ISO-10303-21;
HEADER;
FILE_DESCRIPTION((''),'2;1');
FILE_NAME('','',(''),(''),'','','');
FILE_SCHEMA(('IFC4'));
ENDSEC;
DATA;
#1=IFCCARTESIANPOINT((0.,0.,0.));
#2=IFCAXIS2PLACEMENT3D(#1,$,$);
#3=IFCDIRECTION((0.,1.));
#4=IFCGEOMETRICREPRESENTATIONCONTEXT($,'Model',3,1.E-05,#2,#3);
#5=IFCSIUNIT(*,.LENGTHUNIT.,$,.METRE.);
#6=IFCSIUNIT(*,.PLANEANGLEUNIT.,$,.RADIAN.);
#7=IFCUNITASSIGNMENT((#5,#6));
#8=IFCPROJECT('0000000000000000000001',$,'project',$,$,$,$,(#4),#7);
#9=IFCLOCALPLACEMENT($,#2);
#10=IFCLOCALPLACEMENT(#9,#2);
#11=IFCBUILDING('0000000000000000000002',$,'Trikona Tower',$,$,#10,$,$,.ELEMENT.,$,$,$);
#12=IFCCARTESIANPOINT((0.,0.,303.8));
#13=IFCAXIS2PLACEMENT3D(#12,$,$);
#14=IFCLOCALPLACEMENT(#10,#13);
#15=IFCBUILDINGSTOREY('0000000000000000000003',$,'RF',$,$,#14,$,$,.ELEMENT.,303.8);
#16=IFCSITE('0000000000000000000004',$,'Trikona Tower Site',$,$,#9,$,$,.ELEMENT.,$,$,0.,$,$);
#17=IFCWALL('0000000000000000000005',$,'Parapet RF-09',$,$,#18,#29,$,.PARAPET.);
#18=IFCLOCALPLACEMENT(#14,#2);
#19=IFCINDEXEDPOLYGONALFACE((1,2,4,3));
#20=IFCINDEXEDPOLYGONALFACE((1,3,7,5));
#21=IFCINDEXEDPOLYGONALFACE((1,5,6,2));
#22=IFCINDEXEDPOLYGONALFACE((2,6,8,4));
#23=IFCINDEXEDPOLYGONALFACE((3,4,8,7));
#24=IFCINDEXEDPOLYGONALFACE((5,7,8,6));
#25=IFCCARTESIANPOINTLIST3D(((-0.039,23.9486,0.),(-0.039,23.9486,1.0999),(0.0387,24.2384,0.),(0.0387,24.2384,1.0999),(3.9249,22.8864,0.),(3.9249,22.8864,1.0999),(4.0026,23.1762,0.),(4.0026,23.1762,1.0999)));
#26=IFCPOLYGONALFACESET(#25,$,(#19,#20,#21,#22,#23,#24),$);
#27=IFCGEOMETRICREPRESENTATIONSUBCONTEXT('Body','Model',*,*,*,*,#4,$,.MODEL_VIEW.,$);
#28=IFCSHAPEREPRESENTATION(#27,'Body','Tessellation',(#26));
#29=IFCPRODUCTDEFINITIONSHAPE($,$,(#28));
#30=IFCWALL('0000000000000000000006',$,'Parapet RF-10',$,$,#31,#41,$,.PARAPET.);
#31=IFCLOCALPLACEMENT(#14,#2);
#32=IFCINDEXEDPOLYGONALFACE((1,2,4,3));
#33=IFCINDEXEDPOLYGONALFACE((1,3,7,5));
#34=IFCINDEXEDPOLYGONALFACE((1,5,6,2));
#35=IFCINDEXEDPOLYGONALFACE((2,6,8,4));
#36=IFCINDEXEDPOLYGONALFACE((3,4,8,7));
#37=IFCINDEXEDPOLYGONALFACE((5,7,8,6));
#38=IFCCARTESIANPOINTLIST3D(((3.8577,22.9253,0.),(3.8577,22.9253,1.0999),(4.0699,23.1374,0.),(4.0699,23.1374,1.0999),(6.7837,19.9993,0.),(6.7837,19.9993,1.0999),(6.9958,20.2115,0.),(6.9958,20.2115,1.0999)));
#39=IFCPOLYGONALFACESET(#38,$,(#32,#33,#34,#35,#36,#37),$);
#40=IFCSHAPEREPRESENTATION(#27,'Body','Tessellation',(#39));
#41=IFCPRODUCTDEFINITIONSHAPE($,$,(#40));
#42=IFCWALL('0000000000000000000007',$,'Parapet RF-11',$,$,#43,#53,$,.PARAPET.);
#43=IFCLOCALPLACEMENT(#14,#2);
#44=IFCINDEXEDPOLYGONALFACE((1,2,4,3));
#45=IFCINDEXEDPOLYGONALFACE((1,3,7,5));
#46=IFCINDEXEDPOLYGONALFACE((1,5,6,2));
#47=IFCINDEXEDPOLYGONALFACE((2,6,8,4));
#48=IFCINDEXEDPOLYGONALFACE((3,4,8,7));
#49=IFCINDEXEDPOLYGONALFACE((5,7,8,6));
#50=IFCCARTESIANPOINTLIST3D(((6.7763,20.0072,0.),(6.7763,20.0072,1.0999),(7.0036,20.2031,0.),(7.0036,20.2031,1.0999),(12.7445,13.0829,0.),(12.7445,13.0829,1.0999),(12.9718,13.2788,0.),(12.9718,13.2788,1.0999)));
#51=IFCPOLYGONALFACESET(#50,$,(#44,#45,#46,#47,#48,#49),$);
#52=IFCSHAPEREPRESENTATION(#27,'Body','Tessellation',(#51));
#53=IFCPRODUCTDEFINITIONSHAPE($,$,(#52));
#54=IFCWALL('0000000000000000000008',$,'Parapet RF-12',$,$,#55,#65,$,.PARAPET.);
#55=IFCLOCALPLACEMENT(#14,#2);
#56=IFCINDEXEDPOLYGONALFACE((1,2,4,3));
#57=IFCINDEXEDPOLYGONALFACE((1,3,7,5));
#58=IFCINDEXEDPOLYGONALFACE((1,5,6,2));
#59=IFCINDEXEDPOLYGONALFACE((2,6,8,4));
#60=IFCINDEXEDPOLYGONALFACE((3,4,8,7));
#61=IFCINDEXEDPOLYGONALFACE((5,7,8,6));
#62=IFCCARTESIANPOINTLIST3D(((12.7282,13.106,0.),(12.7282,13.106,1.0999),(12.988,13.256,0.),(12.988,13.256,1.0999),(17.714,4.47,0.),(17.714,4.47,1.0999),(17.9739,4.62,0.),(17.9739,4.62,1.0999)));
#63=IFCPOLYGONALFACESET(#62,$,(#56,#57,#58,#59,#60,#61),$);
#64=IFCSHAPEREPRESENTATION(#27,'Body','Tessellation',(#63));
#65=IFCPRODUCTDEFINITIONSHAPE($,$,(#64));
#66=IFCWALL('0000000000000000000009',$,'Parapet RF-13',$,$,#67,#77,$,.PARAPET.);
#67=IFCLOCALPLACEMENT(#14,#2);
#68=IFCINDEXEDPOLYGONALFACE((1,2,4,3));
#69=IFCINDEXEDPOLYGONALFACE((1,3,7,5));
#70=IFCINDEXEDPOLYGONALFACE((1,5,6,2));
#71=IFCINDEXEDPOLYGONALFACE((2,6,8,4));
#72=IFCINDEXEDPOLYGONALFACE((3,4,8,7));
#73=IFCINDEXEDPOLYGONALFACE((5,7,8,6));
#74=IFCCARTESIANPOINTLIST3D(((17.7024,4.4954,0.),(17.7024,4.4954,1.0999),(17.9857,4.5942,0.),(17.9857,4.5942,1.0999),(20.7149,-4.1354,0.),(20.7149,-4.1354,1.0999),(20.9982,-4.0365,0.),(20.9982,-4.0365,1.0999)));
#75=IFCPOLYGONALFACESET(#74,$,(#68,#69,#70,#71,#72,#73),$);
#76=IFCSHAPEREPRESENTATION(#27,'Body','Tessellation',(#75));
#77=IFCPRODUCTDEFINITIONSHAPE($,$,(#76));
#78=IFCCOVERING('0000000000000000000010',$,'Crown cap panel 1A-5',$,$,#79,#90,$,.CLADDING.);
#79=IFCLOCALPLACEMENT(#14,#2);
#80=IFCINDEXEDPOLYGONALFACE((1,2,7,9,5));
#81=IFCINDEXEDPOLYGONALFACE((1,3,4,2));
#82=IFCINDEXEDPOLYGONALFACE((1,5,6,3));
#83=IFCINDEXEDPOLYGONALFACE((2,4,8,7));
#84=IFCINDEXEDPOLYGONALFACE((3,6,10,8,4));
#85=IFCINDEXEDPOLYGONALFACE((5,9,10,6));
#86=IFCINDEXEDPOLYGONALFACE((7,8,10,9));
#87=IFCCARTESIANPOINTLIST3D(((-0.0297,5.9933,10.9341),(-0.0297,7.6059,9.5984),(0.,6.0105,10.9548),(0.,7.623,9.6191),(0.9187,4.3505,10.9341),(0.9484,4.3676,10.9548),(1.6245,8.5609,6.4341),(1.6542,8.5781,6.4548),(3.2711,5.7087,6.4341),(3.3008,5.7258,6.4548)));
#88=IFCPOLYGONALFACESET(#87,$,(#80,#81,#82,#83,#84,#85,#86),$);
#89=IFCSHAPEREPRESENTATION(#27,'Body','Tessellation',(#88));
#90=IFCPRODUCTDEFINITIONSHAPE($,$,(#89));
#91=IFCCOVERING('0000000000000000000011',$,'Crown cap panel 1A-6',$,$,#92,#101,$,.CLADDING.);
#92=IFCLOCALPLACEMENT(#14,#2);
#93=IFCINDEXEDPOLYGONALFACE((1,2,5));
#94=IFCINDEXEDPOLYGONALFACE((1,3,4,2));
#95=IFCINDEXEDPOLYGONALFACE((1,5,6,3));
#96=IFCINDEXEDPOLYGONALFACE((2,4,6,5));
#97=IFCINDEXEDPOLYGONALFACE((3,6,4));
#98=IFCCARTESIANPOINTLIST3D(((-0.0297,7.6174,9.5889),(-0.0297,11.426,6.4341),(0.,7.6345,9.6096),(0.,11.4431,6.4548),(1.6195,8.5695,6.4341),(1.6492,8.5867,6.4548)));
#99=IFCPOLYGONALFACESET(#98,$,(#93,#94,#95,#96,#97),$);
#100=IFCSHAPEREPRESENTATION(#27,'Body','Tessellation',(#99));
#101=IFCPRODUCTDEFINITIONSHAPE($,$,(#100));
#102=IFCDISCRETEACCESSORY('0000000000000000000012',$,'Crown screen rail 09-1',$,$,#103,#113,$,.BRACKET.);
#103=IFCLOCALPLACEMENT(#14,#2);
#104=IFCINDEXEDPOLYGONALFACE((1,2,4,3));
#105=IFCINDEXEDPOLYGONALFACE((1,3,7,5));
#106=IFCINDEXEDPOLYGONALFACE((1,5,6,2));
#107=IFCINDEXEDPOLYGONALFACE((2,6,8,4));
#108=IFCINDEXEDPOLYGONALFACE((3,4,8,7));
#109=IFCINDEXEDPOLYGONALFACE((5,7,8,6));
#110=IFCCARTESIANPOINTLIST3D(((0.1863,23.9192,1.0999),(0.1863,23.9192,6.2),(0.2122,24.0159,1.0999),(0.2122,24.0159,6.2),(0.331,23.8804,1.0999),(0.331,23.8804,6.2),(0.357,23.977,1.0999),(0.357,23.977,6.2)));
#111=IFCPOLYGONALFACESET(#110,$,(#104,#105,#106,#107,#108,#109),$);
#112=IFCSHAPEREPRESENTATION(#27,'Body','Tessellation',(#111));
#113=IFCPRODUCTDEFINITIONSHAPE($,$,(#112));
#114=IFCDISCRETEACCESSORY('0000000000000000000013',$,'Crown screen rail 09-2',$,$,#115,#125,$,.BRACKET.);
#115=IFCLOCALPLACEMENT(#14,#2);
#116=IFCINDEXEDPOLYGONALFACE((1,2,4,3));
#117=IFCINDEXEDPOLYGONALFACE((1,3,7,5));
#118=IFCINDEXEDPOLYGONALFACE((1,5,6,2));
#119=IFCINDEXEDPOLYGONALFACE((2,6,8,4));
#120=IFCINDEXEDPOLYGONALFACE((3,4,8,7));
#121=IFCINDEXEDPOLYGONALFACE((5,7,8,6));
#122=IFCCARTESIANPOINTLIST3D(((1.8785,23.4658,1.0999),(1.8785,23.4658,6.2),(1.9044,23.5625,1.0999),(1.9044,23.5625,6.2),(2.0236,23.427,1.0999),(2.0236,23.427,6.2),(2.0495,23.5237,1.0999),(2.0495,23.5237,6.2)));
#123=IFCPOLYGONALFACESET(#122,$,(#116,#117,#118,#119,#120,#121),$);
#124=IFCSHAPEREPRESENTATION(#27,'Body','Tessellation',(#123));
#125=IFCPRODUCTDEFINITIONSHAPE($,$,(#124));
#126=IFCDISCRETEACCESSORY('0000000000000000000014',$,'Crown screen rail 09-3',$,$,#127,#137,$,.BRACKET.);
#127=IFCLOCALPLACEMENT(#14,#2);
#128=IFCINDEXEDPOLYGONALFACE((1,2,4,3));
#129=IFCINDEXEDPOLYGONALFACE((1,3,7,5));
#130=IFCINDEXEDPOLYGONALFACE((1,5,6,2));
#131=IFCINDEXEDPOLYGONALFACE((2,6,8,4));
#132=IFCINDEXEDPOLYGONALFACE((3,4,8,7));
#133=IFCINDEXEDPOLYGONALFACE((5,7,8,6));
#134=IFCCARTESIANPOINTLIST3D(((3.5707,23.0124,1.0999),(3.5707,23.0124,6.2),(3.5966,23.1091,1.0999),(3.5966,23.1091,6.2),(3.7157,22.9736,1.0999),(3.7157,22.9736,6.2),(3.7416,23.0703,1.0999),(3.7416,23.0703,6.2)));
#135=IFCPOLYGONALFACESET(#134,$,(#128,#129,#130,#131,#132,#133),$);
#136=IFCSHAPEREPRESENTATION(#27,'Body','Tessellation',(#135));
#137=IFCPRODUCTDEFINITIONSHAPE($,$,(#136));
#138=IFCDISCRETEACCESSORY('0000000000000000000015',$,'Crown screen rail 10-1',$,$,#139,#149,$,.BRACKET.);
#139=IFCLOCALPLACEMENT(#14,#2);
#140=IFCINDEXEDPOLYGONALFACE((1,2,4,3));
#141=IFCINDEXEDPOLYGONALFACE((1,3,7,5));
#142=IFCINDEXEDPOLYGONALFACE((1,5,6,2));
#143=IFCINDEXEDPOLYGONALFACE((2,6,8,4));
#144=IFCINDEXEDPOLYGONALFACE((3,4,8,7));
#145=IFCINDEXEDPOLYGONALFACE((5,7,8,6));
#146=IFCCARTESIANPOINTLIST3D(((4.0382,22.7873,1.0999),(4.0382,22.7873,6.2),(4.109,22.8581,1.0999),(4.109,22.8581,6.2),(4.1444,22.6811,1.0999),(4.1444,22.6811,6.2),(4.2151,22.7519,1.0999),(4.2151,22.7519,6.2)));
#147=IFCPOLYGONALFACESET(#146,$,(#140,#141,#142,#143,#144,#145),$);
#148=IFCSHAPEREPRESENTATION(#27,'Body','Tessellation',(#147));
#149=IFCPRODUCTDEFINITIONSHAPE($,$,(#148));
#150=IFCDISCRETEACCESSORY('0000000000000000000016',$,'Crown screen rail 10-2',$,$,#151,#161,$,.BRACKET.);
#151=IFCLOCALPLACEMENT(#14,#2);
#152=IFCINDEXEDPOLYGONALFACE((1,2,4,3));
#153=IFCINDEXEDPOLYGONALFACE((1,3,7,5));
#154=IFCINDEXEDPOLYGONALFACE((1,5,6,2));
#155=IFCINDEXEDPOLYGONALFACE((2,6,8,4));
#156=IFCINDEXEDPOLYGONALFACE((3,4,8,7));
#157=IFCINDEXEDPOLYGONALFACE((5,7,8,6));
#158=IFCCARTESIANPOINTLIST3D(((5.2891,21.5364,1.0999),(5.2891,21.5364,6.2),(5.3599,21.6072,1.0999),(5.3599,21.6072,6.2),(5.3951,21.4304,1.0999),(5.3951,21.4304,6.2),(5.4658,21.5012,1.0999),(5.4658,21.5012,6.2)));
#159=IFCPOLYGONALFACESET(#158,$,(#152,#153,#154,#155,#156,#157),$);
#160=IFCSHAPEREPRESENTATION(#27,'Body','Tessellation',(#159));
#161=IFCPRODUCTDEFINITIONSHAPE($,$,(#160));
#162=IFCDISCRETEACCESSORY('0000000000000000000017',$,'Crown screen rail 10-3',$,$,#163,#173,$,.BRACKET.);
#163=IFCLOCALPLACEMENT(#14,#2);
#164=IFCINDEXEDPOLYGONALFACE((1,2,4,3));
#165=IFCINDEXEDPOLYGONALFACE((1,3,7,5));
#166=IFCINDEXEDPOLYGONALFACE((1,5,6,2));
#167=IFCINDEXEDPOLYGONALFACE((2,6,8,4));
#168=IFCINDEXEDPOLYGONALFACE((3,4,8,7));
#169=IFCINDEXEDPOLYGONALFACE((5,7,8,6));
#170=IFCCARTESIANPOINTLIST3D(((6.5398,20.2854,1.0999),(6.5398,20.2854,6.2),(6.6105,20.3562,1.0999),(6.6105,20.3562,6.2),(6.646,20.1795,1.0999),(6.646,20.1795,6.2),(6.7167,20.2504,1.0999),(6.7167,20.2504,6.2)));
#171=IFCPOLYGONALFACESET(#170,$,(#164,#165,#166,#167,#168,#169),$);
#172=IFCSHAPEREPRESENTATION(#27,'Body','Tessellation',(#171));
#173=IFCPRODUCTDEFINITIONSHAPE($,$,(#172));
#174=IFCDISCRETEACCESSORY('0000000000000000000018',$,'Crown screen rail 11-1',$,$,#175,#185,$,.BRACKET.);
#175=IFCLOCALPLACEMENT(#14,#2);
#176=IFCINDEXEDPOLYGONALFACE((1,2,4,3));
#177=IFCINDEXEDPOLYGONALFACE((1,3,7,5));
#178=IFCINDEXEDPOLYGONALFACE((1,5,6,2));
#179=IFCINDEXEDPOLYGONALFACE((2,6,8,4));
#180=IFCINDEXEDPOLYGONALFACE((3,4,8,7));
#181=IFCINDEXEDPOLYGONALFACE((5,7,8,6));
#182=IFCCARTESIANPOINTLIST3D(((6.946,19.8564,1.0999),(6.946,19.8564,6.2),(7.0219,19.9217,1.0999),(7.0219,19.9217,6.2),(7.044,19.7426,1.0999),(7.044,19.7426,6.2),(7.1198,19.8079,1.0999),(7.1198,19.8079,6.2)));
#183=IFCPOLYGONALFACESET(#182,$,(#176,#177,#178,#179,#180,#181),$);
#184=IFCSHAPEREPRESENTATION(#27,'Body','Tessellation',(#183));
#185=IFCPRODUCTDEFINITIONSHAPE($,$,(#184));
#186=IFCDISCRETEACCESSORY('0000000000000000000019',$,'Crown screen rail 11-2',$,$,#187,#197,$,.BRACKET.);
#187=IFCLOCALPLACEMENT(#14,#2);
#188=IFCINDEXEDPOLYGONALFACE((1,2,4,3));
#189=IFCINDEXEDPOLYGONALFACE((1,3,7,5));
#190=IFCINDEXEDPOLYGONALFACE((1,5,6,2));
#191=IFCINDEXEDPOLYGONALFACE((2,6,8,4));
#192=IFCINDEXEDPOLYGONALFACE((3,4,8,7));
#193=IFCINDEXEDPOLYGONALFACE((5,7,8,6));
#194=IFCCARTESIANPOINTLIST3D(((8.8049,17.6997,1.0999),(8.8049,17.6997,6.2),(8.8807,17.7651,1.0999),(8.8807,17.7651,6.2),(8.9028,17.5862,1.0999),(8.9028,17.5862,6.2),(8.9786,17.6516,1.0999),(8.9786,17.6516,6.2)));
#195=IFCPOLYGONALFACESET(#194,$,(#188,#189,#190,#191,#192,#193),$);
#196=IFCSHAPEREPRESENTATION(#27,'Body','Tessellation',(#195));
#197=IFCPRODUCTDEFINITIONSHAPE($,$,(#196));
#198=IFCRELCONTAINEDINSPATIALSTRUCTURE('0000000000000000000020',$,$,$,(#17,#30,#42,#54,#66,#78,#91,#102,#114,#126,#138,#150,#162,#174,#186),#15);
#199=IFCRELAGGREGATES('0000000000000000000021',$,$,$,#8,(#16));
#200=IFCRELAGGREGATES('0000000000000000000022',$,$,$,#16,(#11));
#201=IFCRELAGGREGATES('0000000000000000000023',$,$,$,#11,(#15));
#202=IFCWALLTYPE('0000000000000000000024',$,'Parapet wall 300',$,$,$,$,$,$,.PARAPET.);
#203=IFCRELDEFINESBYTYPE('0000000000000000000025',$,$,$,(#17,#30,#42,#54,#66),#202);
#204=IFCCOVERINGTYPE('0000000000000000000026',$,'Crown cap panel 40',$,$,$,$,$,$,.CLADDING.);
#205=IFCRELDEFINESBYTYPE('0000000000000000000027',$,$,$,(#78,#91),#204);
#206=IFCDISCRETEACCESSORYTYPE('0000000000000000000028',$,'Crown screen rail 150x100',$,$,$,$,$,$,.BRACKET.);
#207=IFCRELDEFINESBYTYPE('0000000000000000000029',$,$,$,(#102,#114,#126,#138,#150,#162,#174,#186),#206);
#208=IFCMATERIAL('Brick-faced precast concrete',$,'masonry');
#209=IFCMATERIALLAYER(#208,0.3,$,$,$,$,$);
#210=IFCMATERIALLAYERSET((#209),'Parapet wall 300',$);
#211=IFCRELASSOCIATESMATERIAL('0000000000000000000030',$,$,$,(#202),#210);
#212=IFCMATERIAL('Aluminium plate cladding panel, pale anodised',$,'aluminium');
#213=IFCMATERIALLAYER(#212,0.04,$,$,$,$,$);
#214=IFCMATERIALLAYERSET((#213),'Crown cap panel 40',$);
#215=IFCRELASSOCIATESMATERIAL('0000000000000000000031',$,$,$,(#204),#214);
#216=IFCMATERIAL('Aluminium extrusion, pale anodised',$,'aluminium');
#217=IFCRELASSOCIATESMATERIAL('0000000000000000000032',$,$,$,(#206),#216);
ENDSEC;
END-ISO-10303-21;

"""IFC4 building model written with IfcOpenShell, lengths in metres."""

from ifc_helpers import new_model, si_unit, direction, frame, frame_2d, origin, place, context, subcontext, project, spatial, polyline, rectangle, outline, extrude, material, layer, layer_set, type_object, element, save


model = new_model("IFC4")

# Units and contexts
model_context = context("Model", 3, precision=1e-05, world=origin(), true_north=direction((0.0, 1.0)))
body_context = subcontext(model_context, "Body", "Model", "MODEL_VIEW")
ifc_project = project(units=[si_unit("LENGTHUNIT", "METRE"), si_unit("PLANEANGLEUNIT", "RADIAN")], contexts=[model_context])

# Site, building, storey
site_placement = place(None, origin())
site = spatial("IfcSite", under=ifc_project, at=site_placement, Name="Trikona Tower Site", CompositionType="ELEMENT", RefElevation=0.0)
building_placement = place(site_placement, origin())
building = spatial("IfcBuilding", under=site, at=building_placement, Name="Trikona Tower", CompositionType="ELEMENT")
storey_placement = place(building_placement, frame((0.0, 0.0, 303.8)))
storey = spatial("IfcBuildingStorey", under=building, at=storey_placement, Name="RF", CompositionType="ELEMENT", Elevation=303.8)

# Walls
ifc_material_1 = material(Name="Brick-faced precast concrete", Category="masonry")
ifc_layer_1 = layer(ifc_material_1, 0.3)
ifc_layer_set_1 = layer_set([ifc_layer_1], Name="Parapet wall 300")
wall_type = type_object("IfcWallType", Name="Parapet wall 300", PredefinedType="PARAPET", material=ifc_layer_set_1)
wall_1_placement = place(storey_placement, frame((0.0, 24.0935, 0.0), z_axis=(0.0, 0.0, 1.0), x_axis=(0.965917, -0.258851, 0.0)))
element("IfcWall", 1, at=wall_1_placement, inside=storey, type_object=wall_type, Name="Parapet RF-09", PredefinedType="PARAPET", context=body_context, shape_type="SweptSolid", body=[
    extrude(rectangle(XDim=4.1038, YDim=0.3, at=frame_2d((2.0518, 0.0))), origin(), (0.0, 0.0, 1.0), 1.0999),
])
wall_2_placement = place(storey_placement, frame((3.9639, 23.0312, 0.0), z_axis=(0.0, 0.0, 1.0), x_axis=(0.707107, -0.707107, 0.0)))
element("IfcWall", 2, at=wall_2_placement, inside=storey, type_object=wall_type, Name="Parapet RF-10", PredefinedType="PARAPET", context=body_context, shape_type="SweptSolid", body=[
    extrude(rectangle(XDim=4.1379, YDim=0.3, at=frame_2d((2.0688, 0.0))), origin(), (0.0, 0.0, 1.0), 1.0999),
])
wall_3_placement = place(storey_placement, frame((6.8899, 20.1052, 0.0), z_axis=(0.0, 0.0, 1.0), x_axis=(0.652878, -0.757463, 0.0)))
element("IfcWall", 3, at=wall_3_placement, inside=storey, type_object=wall_type, Name="Parapet RF-11", PredefinedType="PARAPET", context=body_context, shape_type="SweptSolid", body=[
    extrude(rectangle(XDim=9.1414, YDim=0.3, at=frame_2d((4.5708, 0.0))), origin(), (0.0, 0.0, 1.0), 1.0999),
])
wall_4_placement = place(storey_placement, frame((12.8582, 13.1809, 0.0), z_axis=(0.0, 0.0, 1.0), x_axis=(0.499989, -0.866032, 0.0)))
element("IfcWall", 4, at=wall_4_placement, inside=storey, type_object=wall_type, Name="Parapet RF-12", PredefinedType="PARAPET", context=body_context, shape_type="SweptSolid", body=[
    extrude(rectangle(XDim=9.9719, YDim=0.3, at=frame_2d((4.9858, 0.0))), origin(), (0.0, 0.0, 1.0), 1.0999),
])
wall_5_placement = place(storey_placement, frame((17.844, 4.5449, 0.0), z_axis=(0.0, 0.0, 1.0), x_axis=(0.329545, -0.94414, 0.0)))
element("IfcWall", 5, at=wall_5_placement, inside=storey, type_object=wall_type, Name="Parapet RF-13", PredefinedType="PARAPET", context=body_context, shape_type="SweptSolid", body=[
    extrude(rectangle(XDim=9.1414, YDim=0.3, at=frame_2d((4.5708, 0.0))), origin(), (0.0, 0.0, 1.0), 1.0999),
])

# Coverings
ifc_material_2 = material(Name="Aluminium plate cladding panel, pale anodised", Category="aluminium")
ifc_layer_2 = layer(ifc_material_2, 0.04)
ifc_layer_set_2 = layer_set([ifc_layer_2], Name="Crown cap panel 40")
covering_type = type_object("IfcCoveringType", Name="Crown cap panel 40", PredefinedType="CLADDING", material=ifc_layer_set_2)
covering_1_placement = place(storey_placement, frame((3.3008, 5.7258, 6.4548), z_axis=(0.741435, 0.428033, 0.516781), x_axis=(-0.49996, 0.866048, -0.000018)))
element("IfcCovering", 6, at=covering_1_placement, inside=storey, type_object=covering_type, Name="Crown cap panel 1A-5", PredefinedType="CLADDING", context=body_context, shape_type="SweptSolid", body=[
    extrude(outline(polyline([(0.0, 0.0), (3.2934, 0.0), (3.2933, 3.6962), (1.8967, 5.2563), (-0.0003, 5.2562), (0.0, 0.0)])), origin(), (0.0, 0.0, -1.0), 0.04),
])
covering_2_placement = place(storey_placement, frame((1.6492, 8.5867, 6.4548), z_axis=(0.741423, 0.428061, 0.516774), x_axis=(-0.5, 0.866025, 0.0)))
element("IfcCovering", 7, at=covering_2_placement, inside=storey, type_object=covering_type, Name="Crown cap panel 1A-6", PredefinedType="CLADDING", context=body_context, shape_type="SweptSolid", body=[
    extrude(outline(polyline([(0.0, 0.0), (3.2983, 0.0), (0.0, 3.685), (0.0, 0.0)])), origin(), (0.0, 0.0, -1.0), 0.04),
])

# Discrete accessories
ifc_material_3 = material(Name="Aluminium extrusion, pale anodised", Category="aluminium")
discrete_accessory_type_1 = type_object("IfcDiscreteAccessoryType", Name="Crown screen rail 150x100", PredefinedType="BRACKET", material=ifc_material_3)
discrete_accessory_1_placement = place(storey_placement, frame((0.1992, 23.9675, 1.0999), z_axis=(0.0, 0.0, 1.0), x_axis=(0.965883, -0.25898, 0.0)))
element("IfcDiscreteAccessory", 8, at=discrete_accessory_1_placement, inside=storey, type_object=discrete_accessory_type_1, Name="Crown screen rail 09-1", PredefinedType="BRACKET", context=body_context, shape_type="SweptSolid", body=[
    extrude(rectangle(XDim=0.1499, YDim=0.1001, at=frame_2d((0.075, 0.0))), origin(), (0.0, 0.0, 1.0), 5.1001),
])
for number, where, z_axis, x_axis, name in (
    (9, (1.8914, 23.5142, 1.0999), (0.0, 0.0, 1.0), (0.965992, -0.258574, 0.0), "Crown screen rail 09-2"),
    (10, (3.5835, 23.0608, 1.0999), (0.0, 0.0, 1.0), (0.965992, -0.258574, 0.0), "Crown screen rail 09-3"),
    (11, (4.0735, 22.8228, 1.0999), (0.0, 0.0, 1.0), (0.707107, -0.707107, 0.0), "Crown screen rail 10-1"),
):
    element("IfcDiscreteAccessory", number, at=place(storey_placement, frame(where, z_axis=z_axis, x_axis=x_axis)), inside=storey, type_object=discrete_accessory_type_1, Name=name, PredefinedType="BRACKET", context=body_context, shape_type="SweptSolid", body=[
        extrude(rectangle(XDim=0.1501, YDim=0.1001, at=frame_2d((0.0752, 0.0))), origin(), (0.0, 0.0, 1.0), 5.1001),
    ])
for number, where, z_axis, x_axis, name in (
    (12, (5.3245, 21.5718, 1.0999), (0.0, 0.0, 1.0), (0.707107, -0.707107, 0.0), "Crown screen rail 10-2"),
    (13, (6.5752, 20.3208, 1.0999), (0.0, 0.0, 1.0), (0.70792, -0.706293, 0.0), "Crown screen rail 10-3"),
):
    element("IfcDiscreteAccessory", number, at=place(storey_placement, frame(where, z_axis=z_axis, x_axis=x_axis)), inside=storey, type_object=discrete_accessory_type_1, Name=name, PredefinedType="BRACKET", context=body_context, shape_type="SweptSolid", body=[
        extrude(rectangle(XDim=0.1499, YDim=0.1001, at=frame_2d((0.075, 0.0))), origin(), (0.0, 0.0, 1.0), 5.1001),
    ])
discrete_accessory_2_placement = place(storey_placement, frame((6.9839, 19.8892, 1.0999), z_axis=(0.0, 0.0, 1.0), x_axis=(0.652264, -0.757992, 0.0)))
element("IfcDiscreteAccessory", 14, at=discrete_accessory_2_placement, inside=storey, type_object=discrete_accessory_type_1, Name="Crown screen rail 11-1", PredefinedType="BRACKET", context=body_context, shape_type="SweptSolid", body=[
    extrude(rectangle(XDim=0.1501, YDim=0.1001, at=frame_2d((0.0752, 0.0))), origin(), (0.0, 0.0, 1.0), 5.1001),
])
for number, where, z_axis, x_axis, name in (
    (15, (8.8428, 17.7324, 1.0999), (0.0, 0.0, 1.0), (0.653068, -0.757299, 0.0), "Crown screen rail 11-2"),
):
    element("IfcDiscreteAccessory", number, at=place(storey_placement, frame(where, z_axis=z_axis, x_axis=x_axis)), inside=storey, type_object=discrete_accessory_type_1, Name=name, PredefinedType="BRACKET", context=body_context, shape_type="SweptSolid", body=[
        extrude(rectangle(XDim=0.1499, YDim=0.1001, at=frame_2d((0.075, 0.0))), origin(), (0.0, 0.0, 1.0), 5.1001),
    ])

save(model, "model.ifc")
